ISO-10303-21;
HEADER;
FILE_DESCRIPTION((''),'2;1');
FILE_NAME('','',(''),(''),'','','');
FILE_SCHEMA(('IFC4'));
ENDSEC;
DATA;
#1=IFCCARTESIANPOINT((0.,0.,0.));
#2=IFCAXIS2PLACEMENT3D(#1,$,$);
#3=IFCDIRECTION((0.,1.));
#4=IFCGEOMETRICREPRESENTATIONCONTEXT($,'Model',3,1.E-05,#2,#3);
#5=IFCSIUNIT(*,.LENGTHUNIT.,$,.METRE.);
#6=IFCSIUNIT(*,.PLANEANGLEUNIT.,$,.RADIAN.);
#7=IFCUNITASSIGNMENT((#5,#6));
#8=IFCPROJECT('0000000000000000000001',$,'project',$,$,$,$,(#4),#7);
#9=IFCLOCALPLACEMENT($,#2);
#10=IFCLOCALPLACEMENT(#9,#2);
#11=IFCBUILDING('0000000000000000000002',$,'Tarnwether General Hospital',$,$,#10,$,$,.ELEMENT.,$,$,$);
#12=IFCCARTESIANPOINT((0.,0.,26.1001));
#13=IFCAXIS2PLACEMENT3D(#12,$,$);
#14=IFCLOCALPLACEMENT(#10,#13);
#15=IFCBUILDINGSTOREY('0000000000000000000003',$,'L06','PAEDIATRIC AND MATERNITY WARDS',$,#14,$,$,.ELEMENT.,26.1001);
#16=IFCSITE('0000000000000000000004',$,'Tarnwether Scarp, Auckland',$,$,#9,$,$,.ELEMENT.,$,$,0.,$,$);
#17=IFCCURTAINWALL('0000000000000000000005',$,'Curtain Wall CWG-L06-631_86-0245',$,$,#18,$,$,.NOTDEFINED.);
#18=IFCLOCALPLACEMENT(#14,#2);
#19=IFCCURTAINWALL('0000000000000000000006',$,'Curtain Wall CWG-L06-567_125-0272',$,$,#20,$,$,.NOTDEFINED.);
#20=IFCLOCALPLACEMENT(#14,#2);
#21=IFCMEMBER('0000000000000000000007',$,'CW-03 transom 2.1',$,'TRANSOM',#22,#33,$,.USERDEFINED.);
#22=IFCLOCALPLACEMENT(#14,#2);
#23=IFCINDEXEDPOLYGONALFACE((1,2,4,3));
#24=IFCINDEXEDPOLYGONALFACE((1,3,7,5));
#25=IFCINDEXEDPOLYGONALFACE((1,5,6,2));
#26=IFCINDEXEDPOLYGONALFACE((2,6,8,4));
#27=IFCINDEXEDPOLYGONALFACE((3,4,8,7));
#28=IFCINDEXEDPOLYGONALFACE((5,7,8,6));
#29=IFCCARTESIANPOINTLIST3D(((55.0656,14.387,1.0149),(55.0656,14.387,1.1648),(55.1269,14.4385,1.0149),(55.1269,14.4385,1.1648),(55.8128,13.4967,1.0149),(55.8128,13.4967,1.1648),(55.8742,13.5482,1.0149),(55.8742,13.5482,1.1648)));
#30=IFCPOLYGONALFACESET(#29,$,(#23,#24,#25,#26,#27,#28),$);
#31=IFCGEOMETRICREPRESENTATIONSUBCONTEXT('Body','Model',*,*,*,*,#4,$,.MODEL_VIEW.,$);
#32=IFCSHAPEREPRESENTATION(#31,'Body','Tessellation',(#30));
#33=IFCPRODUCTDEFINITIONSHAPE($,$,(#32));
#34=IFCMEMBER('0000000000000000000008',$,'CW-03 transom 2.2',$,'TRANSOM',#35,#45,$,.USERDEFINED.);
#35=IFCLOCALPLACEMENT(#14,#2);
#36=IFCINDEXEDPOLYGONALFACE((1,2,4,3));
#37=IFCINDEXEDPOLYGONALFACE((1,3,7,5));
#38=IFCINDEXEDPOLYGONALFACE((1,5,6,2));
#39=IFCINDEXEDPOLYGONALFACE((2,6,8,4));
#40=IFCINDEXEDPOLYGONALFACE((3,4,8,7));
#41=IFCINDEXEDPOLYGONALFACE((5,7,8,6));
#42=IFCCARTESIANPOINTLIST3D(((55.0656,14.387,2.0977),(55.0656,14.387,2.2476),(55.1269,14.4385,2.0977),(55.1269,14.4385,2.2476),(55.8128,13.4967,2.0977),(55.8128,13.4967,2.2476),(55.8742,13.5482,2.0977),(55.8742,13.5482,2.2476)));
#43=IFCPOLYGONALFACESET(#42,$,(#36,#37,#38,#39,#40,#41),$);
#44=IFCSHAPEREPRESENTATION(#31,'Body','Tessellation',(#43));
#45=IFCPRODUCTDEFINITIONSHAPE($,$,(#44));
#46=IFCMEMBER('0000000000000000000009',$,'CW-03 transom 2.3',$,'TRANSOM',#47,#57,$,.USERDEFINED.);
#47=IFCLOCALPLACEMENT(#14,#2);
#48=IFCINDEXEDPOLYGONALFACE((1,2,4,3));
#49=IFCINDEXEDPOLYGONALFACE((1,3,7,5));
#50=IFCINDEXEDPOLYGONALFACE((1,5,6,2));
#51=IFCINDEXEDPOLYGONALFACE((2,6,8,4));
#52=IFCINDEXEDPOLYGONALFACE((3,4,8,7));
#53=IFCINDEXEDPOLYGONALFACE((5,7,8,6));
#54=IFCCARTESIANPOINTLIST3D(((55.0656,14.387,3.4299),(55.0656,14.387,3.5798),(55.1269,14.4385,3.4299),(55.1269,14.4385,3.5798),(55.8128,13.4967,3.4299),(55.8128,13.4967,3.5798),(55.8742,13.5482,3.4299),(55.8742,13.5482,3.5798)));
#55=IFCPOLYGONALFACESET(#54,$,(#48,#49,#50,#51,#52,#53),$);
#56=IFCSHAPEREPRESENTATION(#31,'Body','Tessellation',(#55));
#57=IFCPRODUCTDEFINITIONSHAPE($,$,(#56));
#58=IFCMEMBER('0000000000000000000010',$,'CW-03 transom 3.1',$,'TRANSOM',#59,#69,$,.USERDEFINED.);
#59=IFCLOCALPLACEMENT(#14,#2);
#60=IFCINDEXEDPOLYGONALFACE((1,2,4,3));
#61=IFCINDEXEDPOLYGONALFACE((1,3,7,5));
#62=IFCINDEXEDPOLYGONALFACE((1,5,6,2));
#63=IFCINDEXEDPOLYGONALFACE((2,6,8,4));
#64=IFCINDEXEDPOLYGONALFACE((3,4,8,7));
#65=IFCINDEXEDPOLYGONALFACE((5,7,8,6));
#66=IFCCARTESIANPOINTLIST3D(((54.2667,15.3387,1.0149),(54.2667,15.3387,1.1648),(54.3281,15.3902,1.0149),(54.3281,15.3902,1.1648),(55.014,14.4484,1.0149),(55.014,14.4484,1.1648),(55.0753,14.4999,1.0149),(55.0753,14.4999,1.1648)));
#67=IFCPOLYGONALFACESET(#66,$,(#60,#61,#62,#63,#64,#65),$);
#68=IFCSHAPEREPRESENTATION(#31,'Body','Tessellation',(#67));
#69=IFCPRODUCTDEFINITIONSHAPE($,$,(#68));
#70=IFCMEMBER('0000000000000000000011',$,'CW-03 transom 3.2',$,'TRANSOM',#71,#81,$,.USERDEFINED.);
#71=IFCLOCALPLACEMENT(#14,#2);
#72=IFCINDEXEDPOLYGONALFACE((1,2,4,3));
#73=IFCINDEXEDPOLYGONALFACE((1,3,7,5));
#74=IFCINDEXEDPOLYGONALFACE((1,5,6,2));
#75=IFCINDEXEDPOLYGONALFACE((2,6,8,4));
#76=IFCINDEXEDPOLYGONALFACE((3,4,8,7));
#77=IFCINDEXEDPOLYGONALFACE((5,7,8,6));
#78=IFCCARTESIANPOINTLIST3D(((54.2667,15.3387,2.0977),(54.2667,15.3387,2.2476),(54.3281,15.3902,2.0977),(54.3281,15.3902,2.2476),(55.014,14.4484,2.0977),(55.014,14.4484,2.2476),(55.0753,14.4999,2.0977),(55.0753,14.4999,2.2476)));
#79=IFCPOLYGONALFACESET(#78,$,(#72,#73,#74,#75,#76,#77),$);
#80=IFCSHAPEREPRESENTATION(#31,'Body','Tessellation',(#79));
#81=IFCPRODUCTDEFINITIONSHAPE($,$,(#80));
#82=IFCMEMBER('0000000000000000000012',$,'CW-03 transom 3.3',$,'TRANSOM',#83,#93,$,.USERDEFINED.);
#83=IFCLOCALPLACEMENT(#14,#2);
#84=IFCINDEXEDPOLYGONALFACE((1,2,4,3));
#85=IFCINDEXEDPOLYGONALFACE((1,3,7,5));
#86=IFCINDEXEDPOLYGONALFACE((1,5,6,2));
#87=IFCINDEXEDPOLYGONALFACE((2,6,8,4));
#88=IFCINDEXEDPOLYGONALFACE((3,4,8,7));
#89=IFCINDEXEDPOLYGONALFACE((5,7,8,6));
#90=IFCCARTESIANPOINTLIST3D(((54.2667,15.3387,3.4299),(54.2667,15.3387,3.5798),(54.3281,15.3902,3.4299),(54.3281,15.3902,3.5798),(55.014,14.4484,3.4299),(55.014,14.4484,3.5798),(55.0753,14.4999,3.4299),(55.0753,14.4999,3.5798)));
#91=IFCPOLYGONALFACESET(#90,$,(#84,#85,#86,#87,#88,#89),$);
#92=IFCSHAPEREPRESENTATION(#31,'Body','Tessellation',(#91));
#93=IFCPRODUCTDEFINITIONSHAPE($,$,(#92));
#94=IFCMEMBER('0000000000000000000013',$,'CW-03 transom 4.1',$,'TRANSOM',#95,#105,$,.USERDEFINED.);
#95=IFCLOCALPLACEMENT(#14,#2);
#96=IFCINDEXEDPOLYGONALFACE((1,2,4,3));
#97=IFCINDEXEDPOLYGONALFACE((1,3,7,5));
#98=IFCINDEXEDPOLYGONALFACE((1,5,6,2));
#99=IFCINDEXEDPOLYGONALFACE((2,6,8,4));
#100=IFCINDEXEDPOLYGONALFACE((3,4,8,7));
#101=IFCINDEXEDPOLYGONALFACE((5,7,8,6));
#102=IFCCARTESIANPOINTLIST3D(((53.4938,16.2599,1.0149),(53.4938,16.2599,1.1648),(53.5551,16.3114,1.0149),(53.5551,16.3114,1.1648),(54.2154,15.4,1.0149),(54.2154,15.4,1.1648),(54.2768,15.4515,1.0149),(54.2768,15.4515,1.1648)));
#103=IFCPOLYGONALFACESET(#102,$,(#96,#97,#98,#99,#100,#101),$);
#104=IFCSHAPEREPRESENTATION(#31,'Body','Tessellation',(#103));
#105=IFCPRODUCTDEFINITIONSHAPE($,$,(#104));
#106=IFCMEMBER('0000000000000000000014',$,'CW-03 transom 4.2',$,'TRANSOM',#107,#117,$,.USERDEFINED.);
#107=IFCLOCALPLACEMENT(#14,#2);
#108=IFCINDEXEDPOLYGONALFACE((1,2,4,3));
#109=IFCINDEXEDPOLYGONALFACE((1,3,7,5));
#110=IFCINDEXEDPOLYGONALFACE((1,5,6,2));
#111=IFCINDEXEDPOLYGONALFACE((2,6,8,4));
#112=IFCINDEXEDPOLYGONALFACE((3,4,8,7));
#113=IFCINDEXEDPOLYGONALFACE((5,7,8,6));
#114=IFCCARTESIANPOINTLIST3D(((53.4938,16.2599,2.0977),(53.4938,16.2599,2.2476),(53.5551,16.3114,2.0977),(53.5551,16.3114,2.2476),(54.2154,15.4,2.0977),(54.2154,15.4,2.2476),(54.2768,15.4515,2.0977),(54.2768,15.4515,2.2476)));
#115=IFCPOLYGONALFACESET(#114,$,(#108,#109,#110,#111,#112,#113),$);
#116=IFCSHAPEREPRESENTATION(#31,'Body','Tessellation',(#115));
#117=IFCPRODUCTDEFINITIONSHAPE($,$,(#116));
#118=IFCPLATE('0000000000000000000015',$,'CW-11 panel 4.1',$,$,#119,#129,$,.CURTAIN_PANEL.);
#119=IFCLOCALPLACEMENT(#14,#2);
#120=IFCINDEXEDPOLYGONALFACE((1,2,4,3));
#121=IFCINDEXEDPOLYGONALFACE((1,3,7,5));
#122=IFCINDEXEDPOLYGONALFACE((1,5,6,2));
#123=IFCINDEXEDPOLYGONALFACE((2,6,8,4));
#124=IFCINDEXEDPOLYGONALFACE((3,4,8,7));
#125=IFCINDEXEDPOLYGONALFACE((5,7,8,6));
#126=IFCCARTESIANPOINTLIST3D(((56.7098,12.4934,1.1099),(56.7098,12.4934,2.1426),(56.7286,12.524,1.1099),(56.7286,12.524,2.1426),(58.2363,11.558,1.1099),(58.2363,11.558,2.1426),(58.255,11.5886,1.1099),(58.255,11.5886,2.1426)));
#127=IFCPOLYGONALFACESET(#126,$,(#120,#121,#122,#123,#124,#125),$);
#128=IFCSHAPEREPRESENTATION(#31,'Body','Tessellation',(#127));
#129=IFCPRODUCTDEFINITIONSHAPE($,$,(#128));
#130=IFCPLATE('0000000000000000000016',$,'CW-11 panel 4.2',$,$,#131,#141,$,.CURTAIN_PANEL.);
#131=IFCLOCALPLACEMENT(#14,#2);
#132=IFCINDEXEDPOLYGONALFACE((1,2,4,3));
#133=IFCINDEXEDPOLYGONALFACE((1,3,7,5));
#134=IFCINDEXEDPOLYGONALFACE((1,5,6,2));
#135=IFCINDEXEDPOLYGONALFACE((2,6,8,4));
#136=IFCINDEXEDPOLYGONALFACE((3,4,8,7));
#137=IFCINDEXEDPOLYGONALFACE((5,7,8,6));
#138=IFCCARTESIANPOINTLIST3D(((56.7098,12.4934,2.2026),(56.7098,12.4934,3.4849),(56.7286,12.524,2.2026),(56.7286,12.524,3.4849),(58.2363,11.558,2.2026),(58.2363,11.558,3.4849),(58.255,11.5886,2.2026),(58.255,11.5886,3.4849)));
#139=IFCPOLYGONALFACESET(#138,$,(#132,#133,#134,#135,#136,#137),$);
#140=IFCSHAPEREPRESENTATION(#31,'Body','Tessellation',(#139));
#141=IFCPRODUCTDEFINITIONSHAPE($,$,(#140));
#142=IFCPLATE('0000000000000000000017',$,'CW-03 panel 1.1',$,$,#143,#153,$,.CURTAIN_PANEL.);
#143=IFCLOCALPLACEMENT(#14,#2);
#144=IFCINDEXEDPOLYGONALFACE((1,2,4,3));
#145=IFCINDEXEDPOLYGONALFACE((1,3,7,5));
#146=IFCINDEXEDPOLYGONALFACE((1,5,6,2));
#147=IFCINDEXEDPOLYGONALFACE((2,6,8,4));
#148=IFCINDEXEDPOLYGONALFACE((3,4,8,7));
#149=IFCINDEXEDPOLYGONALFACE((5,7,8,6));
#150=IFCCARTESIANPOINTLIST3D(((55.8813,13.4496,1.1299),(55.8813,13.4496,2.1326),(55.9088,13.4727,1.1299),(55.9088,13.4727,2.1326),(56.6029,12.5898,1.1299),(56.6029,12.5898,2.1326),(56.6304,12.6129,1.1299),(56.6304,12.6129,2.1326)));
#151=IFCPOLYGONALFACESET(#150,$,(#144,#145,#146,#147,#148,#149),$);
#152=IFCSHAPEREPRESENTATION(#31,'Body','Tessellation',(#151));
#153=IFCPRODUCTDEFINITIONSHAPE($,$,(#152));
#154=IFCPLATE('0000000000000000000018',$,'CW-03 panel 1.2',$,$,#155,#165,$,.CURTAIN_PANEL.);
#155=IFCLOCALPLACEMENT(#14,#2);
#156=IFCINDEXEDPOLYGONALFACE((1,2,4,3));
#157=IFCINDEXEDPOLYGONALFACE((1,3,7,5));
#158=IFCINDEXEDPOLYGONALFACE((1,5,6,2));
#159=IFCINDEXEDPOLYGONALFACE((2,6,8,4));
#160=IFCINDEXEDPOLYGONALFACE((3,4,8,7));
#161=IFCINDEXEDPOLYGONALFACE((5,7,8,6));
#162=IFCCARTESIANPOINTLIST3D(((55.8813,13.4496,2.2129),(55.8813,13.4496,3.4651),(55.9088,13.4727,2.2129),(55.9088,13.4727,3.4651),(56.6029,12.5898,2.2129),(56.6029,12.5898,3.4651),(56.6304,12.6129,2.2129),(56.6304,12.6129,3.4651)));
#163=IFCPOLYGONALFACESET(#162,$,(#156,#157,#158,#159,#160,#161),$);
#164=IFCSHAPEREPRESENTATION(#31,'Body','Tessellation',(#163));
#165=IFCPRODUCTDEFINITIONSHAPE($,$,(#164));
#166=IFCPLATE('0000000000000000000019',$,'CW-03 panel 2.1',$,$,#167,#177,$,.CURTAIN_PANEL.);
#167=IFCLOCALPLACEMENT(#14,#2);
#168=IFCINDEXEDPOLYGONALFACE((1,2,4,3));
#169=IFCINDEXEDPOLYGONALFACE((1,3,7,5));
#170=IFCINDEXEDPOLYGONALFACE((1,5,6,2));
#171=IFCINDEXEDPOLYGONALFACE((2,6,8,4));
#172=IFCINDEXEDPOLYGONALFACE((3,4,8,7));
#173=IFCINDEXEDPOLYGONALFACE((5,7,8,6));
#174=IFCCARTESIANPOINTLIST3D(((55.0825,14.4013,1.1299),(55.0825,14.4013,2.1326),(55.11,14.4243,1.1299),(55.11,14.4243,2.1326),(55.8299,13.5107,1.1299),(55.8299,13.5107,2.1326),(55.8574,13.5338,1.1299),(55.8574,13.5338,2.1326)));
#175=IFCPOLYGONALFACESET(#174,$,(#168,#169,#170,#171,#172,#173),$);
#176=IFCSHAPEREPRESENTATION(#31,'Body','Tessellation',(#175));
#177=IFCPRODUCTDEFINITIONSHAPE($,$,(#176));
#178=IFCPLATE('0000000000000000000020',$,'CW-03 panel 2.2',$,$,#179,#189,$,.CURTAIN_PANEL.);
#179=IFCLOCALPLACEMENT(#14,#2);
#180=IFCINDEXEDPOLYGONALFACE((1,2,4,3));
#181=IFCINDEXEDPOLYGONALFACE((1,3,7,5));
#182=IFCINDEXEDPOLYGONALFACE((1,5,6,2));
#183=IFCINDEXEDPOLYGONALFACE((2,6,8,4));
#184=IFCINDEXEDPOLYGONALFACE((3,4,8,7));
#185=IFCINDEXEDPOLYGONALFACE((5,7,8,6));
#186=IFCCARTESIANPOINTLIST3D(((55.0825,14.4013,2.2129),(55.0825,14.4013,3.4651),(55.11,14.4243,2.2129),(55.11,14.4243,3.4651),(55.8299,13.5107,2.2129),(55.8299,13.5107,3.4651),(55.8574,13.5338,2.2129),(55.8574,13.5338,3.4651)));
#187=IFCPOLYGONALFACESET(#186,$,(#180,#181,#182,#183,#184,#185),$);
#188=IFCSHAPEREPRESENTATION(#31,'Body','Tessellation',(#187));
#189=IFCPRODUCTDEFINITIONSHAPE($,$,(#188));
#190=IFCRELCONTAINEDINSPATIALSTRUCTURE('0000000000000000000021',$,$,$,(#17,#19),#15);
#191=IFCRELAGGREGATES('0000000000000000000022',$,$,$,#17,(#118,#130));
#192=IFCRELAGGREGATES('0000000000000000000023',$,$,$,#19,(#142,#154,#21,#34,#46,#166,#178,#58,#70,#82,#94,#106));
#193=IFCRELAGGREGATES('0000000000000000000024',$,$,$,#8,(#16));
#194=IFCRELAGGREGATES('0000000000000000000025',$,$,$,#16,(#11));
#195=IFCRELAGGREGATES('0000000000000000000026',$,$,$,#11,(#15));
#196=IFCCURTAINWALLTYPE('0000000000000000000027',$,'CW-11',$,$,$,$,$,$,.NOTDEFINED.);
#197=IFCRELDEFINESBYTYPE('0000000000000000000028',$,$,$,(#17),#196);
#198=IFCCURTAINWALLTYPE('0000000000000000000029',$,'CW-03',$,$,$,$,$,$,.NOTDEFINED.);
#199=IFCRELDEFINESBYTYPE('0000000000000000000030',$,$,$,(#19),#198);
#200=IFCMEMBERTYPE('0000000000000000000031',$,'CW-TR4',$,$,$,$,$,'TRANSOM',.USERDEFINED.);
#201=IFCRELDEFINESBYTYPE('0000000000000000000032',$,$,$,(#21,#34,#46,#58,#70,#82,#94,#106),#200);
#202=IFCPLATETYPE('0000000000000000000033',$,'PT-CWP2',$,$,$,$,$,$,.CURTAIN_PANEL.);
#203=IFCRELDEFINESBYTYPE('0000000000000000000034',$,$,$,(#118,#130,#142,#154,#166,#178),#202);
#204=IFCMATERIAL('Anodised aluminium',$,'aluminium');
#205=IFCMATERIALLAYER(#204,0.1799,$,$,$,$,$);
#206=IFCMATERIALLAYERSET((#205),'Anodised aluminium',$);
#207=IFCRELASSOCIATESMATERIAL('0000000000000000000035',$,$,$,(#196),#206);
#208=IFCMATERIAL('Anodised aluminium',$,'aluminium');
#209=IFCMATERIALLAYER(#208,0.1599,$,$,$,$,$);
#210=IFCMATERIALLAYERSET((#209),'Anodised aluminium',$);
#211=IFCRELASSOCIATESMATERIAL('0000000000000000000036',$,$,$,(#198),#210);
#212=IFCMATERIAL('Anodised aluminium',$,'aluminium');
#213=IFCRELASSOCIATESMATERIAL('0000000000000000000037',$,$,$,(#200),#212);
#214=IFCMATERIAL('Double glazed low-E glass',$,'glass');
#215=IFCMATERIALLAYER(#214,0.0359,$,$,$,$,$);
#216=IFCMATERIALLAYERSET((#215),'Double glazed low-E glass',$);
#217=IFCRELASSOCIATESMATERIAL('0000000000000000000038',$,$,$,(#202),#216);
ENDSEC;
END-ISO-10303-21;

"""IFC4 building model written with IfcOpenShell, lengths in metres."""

from ifc_helpers import new_model, si_unit, direction, frame, origin, origin_2d, place, context, subcontext, project, spatial, rectangle, extrude, material, layer, layer_set, material_profile, profile_set, type_object, element, aggregate, save


model = new_model("IFC4")

# Units and contexts
model_context = context("Model", 3, precision=1e-05, world=origin(), true_north=direction((0.0, 1.0)))
body_context = subcontext(model_context, "Body", "Model", "MODEL_VIEW")
ifc_project = project(units=[si_unit("LENGTHUNIT", "METRE"), si_unit("PLANEANGLEUNIT", "RADIAN")], contexts=[model_context])

# Site, building, storey
site_placement = place(None, origin())
site = spatial("IfcSite", under=ifc_project, at=site_placement, Name="Tarnwether Scarp, Auckland", CompositionType="ELEMENT", RefElevation=0.0)
building_placement = place(site_placement, origin())
building = spatial("IfcBuilding", under=site, at=building_placement, Name="Tarnwether General Hospital", CompositionType="ELEMENT")
storey_placement = place(building_placement, frame((0.0, 0.0, 26.1001)))
storey = spatial("IfcBuildingStorey", under=building, at=storey_placement, Name="L06", Description="PAEDIATRIC AND MATERNITY WARDS", CompositionType="ELEMENT", Elevation=26.1001)

# Curtain wall
ifc_material_1 = material(Name="Anodised aluminium", Category="aluminium")
ifc_layer_1 = layer(ifc_material_1, 0.1799)
ifc_layer_set_1 = layer_set([ifc_layer_1], Name="Anodised aluminium")
curtain_wall_type_1 = type_object("IfcCurtainWallType", Name="CW-11", PredefinedType="NOTDEFINED", material=ifc_layer_set_1)
curtain_wall_1_placement = place(storey_placement, origin())
curtain_wall_1 = element("IfcCurtainWall", 1, at=curtain_wall_1_placement, inside=storey, type_object=curtain_wall_type_1, Name="Curtain Wall CWG-L06-631_86-0245", PredefinedType="NOTDEFINED")

# Curtain wall, members
ifc_material_2 = material(Name="Anodised aluminium", Category="aluminium")
ifc_layer_2 = layer(ifc_material_2, 0.1599)
ifc_layer_set_2 = layer_set([ifc_layer_2], Name="Anodised aluminium")
curtain_wall_type_2 = type_object("IfcCurtainWallType", Name="CW-03", PredefinedType="NOTDEFINED", material=ifc_layer_set_2)
curtain_wall_2_placement = place(storey_placement, origin())
curtain_wall_2 = element("IfcCurtainWall", 2, at=curtain_wall_2_placement, inside=storey, type_object=curtain_wall_type_2, Name="Curtain Wall CWG-L06-567_125-0272", PredefinedType="NOTDEFINED")
ifc_material_3 = material(Name="Anodised aluminium", Category="aluminium")
ifc_material_profile_1 = material_profile(ifc_material_3, rectangle(XDim=0.0801, YDim=0.1499, at=origin_2d()), Name="ALU-TRN-80x150")
ifc_profile_set_1 = profile_set([ifc_material_profile_1], Name="Anodised aluminium")
member_type_1 = type_object("IfcMemberType", Name="CW-TR4", ElementType="TRANSOM", PredefinedType="USERDEFINED", material=ifc_profile_set_1)
member_1_placement = place(storey_placement, frame((55.8435, 13.5225, 1.0898), z_axis=(-0.642887, 0.765961, 0.0), x_axis=(-0.765961, -0.642887, 0.0)))
member_1 = element("IfcMember", 3, at=member_1_placement, type_object=member_type_1, Name="CW-03 transom 2.1", ObjectType="TRANSOM", PredefinedType="USERDEFINED", context=body_context, shape_type="SweptSolid", body=[
    extrude(rectangle(XDim=0.0801, YDim=0.1499, at=origin_2d()), origin(), (0.0, 0.0, 1.0), 1.1624),
])
member_2_placement = place(storey_placement, frame((55.8435, 13.5225, 2.1726), z_axis=(-0.642887, 0.765961, 0.0), x_axis=(-0.765961, -0.642887, 0.0)))
member_2 = element("IfcMember", 4, at=member_2_placement, type_object=member_type_1, Name="CW-03 transom 2.2", ObjectType="TRANSOM", PredefinedType="USERDEFINED", context=body_context, shape_type="SweptSolid", body=[
    extrude(rectangle(XDim=0.0801, YDim=0.1499, at=origin_2d()), origin(), (0.0, 0.0, 1.0), 1.1624),
])
member_3_placement = place(storey_placement, frame((55.8435, 13.5225, 3.5049), z_axis=(-0.642887, 0.765961, 0.0), x_axis=(-0.765961, -0.642887, 0.0)))
member_3 = element("IfcMember", 5, at=member_3_placement, type_object=member_type_1, Name="CW-03 transom 2.3", ObjectType="TRANSOM", PredefinedType="USERDEFINED", context=body_context, shape_type="SweptSolid", body=[
    extrude(rectangle(XDim=0.0801, YDim=0.1499, at=origin_2d()), origin(), (0.0, 0.0, 1.0), 1.1624),
])
member_4_placement = place(storey_placement, frame((55.0447, 14.4741, 1.0898), z_axis=(-0.642887, 0.765961, 0.0), x_axis=(-0.765961, -0.642887, 0.0)))
member_4 = element("IfcMember", 6, at=member_4_placement, type_object=member_type_1, Name="CW-03 transom 3.1", ObjectType="TRANSOM", PredefinedType="USERDEFINED", context=body_context, shape_type="SweptSolid", body=[
    extrude(rectangle(XDim=0.0801, YDim=0.1499, at=origin_2d()), origin(), (0.0, 0.0, 1.0), 1.1624),
])
member_5_placement = place(storey_placement, frame((55.0447, 14.4741, 2.1726), z_axis=(-0.642887, 0.765961, 0.0), x_axis=(-0.765961, -0.642887, 0.0)))
member_5 = element("IfcMember", 7, at=member_5_placement, type_object=member_type_1, Name="CW-03 transom 3.2", ObjectType="TRANSOM", PredefinedType="USERDEFINED", context=body_context, shape_type="SweptSolid", body=[
    extrude(rectangle(XDim=0.0801, YDim=0.1499, at=origin_2d()), origin(), (0.0, 0.0, 1.0), 1.1624),
])
member_6_placement = place(storey_placement, frame((55.0447, 14.4741, 3.5049), z_axis=(-0.642887, 0.765961, 0.0), x_axis=(-0.765961, -0.642887, 0.0)))
member_6 = element("IfcMember", 8, at=member_6_placement, type_object=member_type_1, Name="CW-03 transom 3.3", ObjectType="TRANSOM", PredefinedType="USERDEFINED", context=body_context, shape_type="SweptSolid", body=[
    extrude(rectangle(XDim=0.0801, YDim=0.1499, at=origin_2d()), origin(), (0.0, 0.0, 1.0), 1.1624),
])
member_7_placement = place(storey_placement, frame((54.2461, 15.4258, 1.0898), z_axis=(-0.642876, 0.76597, 0.0), x_axis=(-0.76597, -0.642876, 0.0)))
member_7 = element("IfcMember", 9, at=member_7_placement, type_object=member_type_1, Name="CW-03 transom 4.1", ObjectType="TRANSOM", PredefinedType="USERDEFINED", context=body_context, shape_type="SweptSolid", body=[
    extrude(rectangle(XDim=0.0801, YDim=0.1499, at=origin_2d()), origin(), (0.0, 0.0, 1.0), 1.1226),
])
member_8_placement = place(storey_placement, frame((54.2461, 15.4258, 2.1726), z_axis=(-0.642876, 0.76597, 0.0), x_axis=(-0.76597, -0.642876, 0.0)))
member_8 = element("IfcMember", 10, at=member_8_placement, type_object=member_type_1, Name="CW-03 transom 4.2", ObjectType="TRANSOM", PredefinedType="USERDEFINED", context=body_context, shape_type="SweptSolid", body=[
    extrude(rectangle(XDim=0.0801, YDim=0.1499, at=origin_2d()), origin(), (0.0, 0.0, 1.0), 1.1226),
])

# Plates
ifc_material_4 = material(Name="Double glazed low-E glass", Category="glass")
ifc_layer_3 = layer(ifc_material_4, 0.0359)
ifc_layer_set_3 = layer_set([ifc_layer_3], Name="Double glazed low-E glass")
plate_type = type_object("IfcPlateType", Name="PT-CWP2", PredefinedType="CURTAIN_PANEL", material=ifc_layer_set_3)
plate_1_placement = place(storey_placement, frame((57.4824, 12.041, 1.1099), z_axis=(0.0, 0.0, 1.0), x_axis=(-0.852634, 0.522509, 0.0)))
plate_1 = element("IfcPlate", 11, at=plate_1_placement, type_object=plate_type, Name="CW-11 panel 4.1", PredefinedType="CURTAIN_PANEL", context=body_context, shape_type="SweptSolid", body=[
    extrude(rectangle(XDim=1.7903, YDim=0.0359, at=origin_2d()), origin(), (0.0, 0.0, 1.0), 1.0327),
])
plate_2_placement = place(storey_placement, frame((57.4824, 12.041, 2.2026), z_axis=(0.0, 0.0, 1.0), x_axis=(-0.852634, 0.522509, 0.0)))
plate_2 = element("IfcPlate", 12, at=plate_2_placement, type_object=plate_type, Name="CW-11 panel 4.2", PredefinedType="CURTAIN_PANEL", context=body_context, shape_type="SweptSolid", body=[
    extrude(rectangle(XDim=1.7903, YDim=0.0359, at=origin_2d()), origin(), (0.0, 0.0, 1.0), 1.2822),
])
aggregate(curtain_wall_1, [plate_1, plate_2])
plate_3_placement = place(storey_placement, frame((56.2559, 13.0312, 1.1299), z_axis=(0.0, 0.0, 1.0), x_axis=(-0.642852, 0.76599, 0.0)))
plate_3 = element("IfcPlate", 13, at=plate_3_placement, type_object=plate_type, Name="CW-03 panel 1.1", PredefinedType="CURTAIN_PANEL", context=body_context, shape_type="SweptSolid", body=[
    extrude(rectangle(XDim=1.1226, YDim=0.0359, at=origin_2d()), origin(), (0.0, 0.0, 1.0), 1.0027),
])
plate_4_placement = place(storey_placement, frame((56.2559, 13.0312, 2.2129), z_axis=(0.0, 0.0, 1.0), x_axis=(-0.642852, 0.76599, 0.0)))
plate_4 = element("IfcPlate", 14, at=plate_4_placement, type_object=plate_type, Name="CW-03 panel 1.2", PredefinedType="CURTAIN_PANEL", context=body_context, shape_type="SweptSolid", body=[
    extrude(rectangle(XDim=1.1226, YDim=0.0359, at=origin_2d()), origin(), (0.0, 0.0, 1.0), 1.2522),
])
plate_5_placement = place(storey_placement, frame((55.47, 13.9675, 1.1299), z_axis=(0.0, 0.0, 1.0), x_axis=(-0.642852, 0.76599, 0.0)))
plate_5 = element("IfcPlate", 15, at=plate_5_placement, type_object=plate_type, Name="CW-03 panel 2.1", PredefinedType="CURTAIN_PANEL", context=body_context, shape_type="SweptSolid", body=[
    extrude(rectangle(XDim=1.1626, YDim=0.0359, at=origin_2d()), origin(), (0.0, 0.0, 1.0), 1.0027),
])
plate_6_placement = place(storey_placement, frame((55.47, 13.9675, 2.2129), z_axis=(0.0, 0.0, 1.0), x_axis=(-0.642852, 0.76599, 0.0)))
plate_6 = element("IfcPlate", 16, at=plate_6_placement, type_object=plate_type, Name="CW-03 panel 2.2", PredefinedType="CURTAIN_PANEL", context=body_context, shape_type="SweptSolid", body=[
    extrude(rectangle(XDim=1.1626, YDim=0.0359, at=origin_2d()), origin(), (0.0, 0.0, 1.0), 1.2522),
])
aggregate(curtain_wall_2, [plate_3, plate_4, member_1, member_2, member_3, plate_5, plate_6, member_4, member_5, member_6, member_7, member_8])

save(model, "model.ifc")
